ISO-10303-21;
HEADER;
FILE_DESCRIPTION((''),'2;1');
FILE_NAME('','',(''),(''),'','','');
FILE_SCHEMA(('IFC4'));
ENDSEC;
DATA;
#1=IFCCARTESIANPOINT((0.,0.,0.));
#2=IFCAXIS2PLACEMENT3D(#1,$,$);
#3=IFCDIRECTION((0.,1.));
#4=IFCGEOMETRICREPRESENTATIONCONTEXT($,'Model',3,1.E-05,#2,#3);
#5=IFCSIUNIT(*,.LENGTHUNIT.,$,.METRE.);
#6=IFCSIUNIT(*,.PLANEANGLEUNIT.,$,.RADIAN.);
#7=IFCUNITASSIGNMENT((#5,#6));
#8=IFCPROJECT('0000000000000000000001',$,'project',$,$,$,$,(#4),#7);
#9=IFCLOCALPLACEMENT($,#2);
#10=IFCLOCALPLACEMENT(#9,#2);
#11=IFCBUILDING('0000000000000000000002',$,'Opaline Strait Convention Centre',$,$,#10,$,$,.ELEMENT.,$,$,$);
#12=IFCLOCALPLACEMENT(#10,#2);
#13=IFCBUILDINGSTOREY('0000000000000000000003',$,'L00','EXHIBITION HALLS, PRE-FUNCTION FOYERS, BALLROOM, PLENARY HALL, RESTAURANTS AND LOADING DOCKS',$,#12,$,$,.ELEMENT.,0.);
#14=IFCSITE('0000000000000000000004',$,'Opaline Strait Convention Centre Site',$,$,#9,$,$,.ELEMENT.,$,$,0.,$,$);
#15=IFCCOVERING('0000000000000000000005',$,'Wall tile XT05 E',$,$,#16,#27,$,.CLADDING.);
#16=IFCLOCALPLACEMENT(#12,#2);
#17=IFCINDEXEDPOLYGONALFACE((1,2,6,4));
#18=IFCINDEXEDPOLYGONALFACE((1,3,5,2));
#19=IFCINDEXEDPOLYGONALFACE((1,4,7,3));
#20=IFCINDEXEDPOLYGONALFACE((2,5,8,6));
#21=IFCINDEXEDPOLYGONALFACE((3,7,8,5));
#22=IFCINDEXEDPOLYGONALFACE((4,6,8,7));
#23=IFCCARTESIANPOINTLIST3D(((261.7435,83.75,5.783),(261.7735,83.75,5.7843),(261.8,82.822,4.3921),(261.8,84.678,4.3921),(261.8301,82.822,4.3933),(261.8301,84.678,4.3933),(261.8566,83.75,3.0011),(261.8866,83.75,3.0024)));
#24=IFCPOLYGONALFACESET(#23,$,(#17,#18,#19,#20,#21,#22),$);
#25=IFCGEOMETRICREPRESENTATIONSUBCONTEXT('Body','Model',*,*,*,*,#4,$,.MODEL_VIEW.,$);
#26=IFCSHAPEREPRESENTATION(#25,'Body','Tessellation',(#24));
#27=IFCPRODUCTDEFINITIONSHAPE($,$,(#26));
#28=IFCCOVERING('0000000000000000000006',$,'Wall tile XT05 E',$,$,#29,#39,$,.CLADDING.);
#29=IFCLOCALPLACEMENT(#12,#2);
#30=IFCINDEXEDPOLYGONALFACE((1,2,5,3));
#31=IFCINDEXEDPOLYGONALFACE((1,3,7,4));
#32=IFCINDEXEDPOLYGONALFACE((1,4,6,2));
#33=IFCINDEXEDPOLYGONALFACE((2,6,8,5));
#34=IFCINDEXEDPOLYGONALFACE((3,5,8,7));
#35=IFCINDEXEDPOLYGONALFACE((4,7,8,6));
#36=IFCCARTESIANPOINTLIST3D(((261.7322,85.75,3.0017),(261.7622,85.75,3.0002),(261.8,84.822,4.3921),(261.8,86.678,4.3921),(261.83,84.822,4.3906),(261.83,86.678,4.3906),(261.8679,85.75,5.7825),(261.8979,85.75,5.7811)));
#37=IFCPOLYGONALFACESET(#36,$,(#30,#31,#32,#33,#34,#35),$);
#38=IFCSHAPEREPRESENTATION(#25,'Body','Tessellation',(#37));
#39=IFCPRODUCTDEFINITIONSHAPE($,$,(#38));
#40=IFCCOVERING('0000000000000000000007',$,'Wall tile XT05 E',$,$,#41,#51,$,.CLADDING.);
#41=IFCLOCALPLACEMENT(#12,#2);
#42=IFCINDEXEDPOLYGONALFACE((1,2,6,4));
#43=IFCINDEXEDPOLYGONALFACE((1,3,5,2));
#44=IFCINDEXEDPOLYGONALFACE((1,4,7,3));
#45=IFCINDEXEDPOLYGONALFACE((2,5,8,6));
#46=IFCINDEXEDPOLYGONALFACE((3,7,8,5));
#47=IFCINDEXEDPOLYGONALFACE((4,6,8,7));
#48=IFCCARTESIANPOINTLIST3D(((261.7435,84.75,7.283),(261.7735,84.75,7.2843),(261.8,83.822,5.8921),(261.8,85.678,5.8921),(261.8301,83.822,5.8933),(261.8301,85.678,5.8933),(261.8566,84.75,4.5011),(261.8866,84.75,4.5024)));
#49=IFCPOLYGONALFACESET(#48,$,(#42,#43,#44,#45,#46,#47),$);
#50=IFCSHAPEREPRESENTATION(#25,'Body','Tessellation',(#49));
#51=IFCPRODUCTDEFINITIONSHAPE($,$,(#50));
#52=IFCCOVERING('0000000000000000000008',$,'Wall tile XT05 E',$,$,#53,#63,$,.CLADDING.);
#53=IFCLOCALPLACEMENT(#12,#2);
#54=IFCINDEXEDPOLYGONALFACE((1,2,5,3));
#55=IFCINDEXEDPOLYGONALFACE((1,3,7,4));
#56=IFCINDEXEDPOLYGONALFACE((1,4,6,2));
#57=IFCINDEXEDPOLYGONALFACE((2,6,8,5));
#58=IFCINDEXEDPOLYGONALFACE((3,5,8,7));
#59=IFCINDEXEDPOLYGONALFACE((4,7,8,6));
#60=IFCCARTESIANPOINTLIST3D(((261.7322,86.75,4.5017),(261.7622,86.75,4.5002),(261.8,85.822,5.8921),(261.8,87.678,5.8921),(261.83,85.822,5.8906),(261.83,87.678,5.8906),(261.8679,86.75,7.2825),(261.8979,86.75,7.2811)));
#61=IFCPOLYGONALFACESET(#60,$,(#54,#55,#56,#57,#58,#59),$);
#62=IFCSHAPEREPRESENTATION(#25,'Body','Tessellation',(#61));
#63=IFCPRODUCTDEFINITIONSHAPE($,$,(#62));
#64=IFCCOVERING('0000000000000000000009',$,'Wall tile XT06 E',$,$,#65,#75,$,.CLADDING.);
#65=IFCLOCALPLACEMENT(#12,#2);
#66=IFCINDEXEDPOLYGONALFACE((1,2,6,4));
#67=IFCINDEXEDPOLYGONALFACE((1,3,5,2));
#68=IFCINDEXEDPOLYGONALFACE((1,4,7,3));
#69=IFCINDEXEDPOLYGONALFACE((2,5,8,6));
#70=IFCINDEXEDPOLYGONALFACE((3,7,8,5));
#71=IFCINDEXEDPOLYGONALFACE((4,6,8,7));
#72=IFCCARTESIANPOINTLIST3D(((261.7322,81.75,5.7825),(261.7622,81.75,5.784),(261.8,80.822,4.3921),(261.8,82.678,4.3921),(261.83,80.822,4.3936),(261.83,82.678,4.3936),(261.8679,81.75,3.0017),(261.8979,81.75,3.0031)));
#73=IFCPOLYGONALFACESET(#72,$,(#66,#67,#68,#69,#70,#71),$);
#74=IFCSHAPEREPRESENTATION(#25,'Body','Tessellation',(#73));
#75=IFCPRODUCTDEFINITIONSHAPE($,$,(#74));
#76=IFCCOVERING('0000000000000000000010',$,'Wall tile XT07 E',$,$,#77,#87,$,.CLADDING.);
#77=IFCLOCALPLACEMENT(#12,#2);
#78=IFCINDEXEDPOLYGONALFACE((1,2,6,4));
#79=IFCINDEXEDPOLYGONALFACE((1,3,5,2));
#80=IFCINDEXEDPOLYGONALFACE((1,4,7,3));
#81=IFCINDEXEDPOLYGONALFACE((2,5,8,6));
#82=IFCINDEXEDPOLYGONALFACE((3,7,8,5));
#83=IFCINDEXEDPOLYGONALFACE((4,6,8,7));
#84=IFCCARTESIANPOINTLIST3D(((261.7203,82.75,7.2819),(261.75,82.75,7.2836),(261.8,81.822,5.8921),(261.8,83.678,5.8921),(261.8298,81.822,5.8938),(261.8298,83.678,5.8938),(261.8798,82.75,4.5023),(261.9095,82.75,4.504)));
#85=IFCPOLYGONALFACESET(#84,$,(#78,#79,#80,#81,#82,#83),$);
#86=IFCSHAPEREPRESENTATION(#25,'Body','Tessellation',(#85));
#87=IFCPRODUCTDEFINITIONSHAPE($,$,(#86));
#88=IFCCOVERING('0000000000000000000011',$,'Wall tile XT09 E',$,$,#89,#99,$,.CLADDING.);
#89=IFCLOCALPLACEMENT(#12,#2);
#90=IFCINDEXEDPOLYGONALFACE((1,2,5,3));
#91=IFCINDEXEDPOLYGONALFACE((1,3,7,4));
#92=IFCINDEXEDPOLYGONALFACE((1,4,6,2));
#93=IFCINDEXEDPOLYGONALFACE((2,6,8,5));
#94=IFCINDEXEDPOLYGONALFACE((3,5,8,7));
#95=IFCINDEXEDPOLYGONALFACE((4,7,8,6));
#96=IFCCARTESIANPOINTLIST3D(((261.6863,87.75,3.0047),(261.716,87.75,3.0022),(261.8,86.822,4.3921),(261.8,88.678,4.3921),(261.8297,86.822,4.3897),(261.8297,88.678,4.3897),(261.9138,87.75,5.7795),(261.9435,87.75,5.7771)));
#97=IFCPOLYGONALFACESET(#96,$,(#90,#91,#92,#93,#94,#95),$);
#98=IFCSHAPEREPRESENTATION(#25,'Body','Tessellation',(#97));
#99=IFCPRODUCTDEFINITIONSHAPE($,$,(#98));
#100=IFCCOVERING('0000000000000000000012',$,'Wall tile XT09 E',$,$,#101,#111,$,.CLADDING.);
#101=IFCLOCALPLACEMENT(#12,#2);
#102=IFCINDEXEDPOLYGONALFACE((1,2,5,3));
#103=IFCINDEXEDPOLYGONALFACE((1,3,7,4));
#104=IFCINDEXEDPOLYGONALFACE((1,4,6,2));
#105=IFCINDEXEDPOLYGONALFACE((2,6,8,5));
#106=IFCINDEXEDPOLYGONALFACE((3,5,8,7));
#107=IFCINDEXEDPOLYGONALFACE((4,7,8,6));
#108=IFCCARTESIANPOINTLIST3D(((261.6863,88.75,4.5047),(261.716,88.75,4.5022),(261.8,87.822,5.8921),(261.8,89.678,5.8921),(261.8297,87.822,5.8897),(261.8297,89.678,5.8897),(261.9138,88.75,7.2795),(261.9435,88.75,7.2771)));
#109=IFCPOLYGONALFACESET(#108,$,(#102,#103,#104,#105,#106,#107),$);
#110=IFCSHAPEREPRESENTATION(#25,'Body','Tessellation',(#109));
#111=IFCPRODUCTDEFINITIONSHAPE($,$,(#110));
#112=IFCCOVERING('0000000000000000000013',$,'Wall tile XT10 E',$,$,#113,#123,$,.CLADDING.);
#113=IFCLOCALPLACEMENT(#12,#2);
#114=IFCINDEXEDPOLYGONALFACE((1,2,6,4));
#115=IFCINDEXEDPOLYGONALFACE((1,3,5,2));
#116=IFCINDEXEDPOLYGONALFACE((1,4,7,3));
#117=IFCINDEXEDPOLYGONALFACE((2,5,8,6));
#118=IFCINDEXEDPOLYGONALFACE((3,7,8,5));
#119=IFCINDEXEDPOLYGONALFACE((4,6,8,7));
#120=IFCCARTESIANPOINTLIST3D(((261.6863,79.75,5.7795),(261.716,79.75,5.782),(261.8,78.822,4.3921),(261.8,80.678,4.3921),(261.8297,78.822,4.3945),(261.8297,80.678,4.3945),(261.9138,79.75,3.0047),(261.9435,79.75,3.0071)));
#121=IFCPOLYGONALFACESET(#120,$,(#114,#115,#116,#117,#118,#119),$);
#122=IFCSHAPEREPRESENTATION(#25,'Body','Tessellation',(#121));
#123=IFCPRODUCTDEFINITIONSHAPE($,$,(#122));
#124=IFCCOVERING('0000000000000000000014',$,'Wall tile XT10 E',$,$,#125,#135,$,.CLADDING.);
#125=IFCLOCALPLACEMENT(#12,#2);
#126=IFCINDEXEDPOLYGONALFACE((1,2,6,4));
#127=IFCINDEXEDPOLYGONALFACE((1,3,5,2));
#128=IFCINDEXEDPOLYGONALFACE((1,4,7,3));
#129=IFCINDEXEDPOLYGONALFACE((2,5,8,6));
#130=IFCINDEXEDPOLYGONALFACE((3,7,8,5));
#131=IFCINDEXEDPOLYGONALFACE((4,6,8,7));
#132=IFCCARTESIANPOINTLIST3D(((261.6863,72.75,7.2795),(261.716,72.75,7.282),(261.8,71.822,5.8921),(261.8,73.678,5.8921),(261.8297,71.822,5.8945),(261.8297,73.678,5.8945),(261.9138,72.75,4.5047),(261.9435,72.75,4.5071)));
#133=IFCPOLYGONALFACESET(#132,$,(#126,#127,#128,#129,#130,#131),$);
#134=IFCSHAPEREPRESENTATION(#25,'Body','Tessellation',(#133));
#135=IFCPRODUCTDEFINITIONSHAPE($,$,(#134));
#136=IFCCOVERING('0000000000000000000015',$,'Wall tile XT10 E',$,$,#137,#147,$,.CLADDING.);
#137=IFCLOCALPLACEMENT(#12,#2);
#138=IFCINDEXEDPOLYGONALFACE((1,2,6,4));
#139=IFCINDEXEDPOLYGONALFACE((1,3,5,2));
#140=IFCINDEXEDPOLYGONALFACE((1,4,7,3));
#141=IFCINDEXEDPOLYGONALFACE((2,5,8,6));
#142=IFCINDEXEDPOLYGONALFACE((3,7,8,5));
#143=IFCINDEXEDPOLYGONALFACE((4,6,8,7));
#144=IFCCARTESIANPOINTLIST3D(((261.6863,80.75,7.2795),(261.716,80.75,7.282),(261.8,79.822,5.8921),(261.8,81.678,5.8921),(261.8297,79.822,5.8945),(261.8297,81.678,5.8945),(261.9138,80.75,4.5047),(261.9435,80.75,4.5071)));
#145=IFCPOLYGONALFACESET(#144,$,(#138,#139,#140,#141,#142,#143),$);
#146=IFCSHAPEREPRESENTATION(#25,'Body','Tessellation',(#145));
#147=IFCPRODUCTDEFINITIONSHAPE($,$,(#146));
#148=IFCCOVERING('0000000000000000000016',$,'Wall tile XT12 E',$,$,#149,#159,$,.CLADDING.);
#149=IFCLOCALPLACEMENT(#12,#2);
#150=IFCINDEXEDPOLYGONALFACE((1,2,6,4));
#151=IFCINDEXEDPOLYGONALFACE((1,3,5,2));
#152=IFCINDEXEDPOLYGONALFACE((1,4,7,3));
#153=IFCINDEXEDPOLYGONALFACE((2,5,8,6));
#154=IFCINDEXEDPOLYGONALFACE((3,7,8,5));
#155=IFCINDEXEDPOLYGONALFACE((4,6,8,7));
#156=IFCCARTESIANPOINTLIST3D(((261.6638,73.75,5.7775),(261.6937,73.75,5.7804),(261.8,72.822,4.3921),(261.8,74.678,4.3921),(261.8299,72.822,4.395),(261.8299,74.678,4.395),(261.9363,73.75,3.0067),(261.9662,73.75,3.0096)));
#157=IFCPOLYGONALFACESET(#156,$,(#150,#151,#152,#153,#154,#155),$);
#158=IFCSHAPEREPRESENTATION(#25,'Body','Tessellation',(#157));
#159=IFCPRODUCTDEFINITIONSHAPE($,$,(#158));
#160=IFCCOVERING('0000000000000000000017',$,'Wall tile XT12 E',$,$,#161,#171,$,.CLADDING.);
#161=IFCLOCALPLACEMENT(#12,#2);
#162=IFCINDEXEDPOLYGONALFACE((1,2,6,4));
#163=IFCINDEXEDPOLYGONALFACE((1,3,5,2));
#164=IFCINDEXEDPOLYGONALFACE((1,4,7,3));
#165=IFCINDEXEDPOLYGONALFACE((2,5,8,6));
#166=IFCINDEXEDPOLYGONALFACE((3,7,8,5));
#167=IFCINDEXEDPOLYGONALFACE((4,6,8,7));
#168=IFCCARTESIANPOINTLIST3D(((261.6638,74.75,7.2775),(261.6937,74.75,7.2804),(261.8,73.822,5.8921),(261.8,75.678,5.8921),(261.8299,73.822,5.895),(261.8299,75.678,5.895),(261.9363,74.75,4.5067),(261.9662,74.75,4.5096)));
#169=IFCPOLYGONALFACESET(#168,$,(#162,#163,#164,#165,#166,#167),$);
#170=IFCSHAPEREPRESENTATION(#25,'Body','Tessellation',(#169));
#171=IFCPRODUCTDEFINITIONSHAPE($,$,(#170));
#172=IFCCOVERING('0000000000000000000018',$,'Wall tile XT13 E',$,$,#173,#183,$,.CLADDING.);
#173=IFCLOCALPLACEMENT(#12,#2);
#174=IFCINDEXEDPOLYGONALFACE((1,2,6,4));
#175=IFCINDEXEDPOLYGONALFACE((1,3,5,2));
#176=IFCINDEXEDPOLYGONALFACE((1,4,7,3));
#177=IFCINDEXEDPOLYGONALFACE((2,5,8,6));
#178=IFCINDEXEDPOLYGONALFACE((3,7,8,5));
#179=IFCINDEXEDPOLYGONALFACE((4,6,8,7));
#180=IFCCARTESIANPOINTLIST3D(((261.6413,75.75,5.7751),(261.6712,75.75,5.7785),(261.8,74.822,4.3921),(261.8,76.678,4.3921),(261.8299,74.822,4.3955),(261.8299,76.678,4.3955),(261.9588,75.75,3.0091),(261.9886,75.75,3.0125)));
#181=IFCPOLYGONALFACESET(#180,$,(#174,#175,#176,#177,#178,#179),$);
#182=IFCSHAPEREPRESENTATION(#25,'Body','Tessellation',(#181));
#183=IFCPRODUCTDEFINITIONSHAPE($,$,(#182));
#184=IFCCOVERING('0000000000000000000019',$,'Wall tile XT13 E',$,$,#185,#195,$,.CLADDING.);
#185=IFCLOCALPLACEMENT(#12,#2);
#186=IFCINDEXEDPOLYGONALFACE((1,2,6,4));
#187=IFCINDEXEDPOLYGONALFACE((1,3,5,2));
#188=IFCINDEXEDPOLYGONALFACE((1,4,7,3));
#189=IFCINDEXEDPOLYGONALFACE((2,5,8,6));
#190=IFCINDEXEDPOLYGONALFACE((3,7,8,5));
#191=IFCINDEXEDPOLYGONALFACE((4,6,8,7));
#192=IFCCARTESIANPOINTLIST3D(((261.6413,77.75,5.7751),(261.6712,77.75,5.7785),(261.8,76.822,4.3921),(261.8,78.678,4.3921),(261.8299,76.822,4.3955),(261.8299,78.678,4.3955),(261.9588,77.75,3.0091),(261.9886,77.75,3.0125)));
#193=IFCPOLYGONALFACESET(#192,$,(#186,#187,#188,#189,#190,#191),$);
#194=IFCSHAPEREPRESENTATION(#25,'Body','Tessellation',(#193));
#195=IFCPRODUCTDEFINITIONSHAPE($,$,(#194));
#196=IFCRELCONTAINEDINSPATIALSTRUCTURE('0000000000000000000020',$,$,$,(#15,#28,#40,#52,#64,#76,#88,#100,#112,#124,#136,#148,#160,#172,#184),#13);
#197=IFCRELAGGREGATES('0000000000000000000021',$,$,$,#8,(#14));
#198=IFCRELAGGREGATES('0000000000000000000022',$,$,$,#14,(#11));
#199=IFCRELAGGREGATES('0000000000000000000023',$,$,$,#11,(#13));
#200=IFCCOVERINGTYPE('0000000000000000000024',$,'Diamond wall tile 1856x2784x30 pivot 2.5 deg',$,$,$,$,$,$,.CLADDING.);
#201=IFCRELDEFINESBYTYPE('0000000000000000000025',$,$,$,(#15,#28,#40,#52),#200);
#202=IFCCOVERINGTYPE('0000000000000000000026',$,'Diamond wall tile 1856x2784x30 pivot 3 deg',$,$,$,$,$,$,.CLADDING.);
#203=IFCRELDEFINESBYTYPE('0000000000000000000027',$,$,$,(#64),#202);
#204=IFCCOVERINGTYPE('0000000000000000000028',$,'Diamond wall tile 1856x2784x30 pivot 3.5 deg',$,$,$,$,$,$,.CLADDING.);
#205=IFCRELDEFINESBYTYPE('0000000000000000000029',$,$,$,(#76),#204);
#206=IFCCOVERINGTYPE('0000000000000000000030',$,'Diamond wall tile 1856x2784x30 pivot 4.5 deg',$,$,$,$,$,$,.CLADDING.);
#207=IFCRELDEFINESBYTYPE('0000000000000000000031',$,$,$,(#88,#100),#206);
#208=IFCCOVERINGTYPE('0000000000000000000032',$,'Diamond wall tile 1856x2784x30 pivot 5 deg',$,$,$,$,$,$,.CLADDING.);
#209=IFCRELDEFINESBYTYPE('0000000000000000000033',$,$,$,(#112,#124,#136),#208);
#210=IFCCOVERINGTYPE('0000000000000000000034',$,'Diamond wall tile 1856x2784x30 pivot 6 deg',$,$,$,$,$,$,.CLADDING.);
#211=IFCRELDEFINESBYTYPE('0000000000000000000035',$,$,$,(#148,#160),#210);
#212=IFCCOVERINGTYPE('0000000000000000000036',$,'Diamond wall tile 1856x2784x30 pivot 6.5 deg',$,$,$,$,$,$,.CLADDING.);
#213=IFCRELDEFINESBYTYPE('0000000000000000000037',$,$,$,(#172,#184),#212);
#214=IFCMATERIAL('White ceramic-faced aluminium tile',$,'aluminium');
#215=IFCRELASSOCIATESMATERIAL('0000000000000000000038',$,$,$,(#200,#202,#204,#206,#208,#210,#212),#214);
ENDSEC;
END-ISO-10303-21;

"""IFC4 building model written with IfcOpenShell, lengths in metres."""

from ifc_helpers import new_model, si_unit, direction, frame, origin, place, context, subcontext, project, spatial, polyline, outline, extrude, material, material_profile, profile_set, type_object, element, save


model = new_model("IFC4")

# Units and contexts
model_context = context("Model", 3, precision=1e-05, world=origin(), true_north=direction((0.0, 1.0)))
body_context = subcontext(model_context, "Body", "Model", "MODEL_VIEW")
ifc_project = project(units=[si_unit("LENGTHUNIT", "METRE"), si_unit("PLANEANGLEUNIT", "RADIAN")], contexts=[model_context])

# Site, building, storey
site_placement = place(None, origin())
site = spatial("IfcSite", under=ifc_project, at=site_placement, Name="Opaline Strait Convention Centre Site", CompositionType="ELEMENT", RefElevation=0.0)
building_placement = place(site_placement, origin())
building = spatial("IfcBuilding", under=site, at=building_placement, Name="Opaline Strait Convention Centre", CompositionType="ELEMENT")
storey_placement = place(building_placement, origin())
storey = spatial("IfcBuildingStorey", under=building, at=storey_placement, Name="L00", Description="EXHIBITION HALLS, PRE-FUNCTION FOYERS, BALLROOM, PLENARY HALL, RESTAURANTS AND LOADING DOCKS", CompositionType="ELEMENT", Elevation=0.0)

# Coverings
ifc_material_1 = material(Name="White ceramic-faced aluminium tile", Category="aluminium")
ifc_material_profile_1 = material_profile(ifc_material_1, outline(polyline([(0.928, 0.0), (0.0, 1.3921), (-0.928, 0.0), (0.0, -1.3921), (0.928, 0.0)])), Name="Diamond tile 1856x2784")
ifc_profile_set_1 = profile_set([ifc_material_profile_1], Name="White ceramic-faced aluminium tile")
covering_type_1 = type_object("IfcCoveringType", Name="Diamond wall tile 1856x2784x30 pivot 2.5 deg", PredefinedType="CLADDING", material=ifc_profile_set_1)
for number, where, z_axis, x_axis, name in (
    (1, (261.8, 83.75, 4.3921), (0.999175, 0.0, 0.040617), (0.0, 1.0, 0.0), "Wall tile XT05 E"),
    (2, (261.8, 85.75, 4.3921), (0.998812, 0.0, -0.048723), (0.0, 1.0, 0.0), "Wall tile XT05 E"),
    (3, (261.8, 84.75, 5.8921), (0.999175, 0.0, 0.040617), (0.0, 1.0, 0.0), "Wall tile XT05 E"),
    (4, (261.8, 86.75, 5.8921), (0.998812, 0.0, -0.048723), (0.0, 1.0, 0.0), "Wall tile XT05 E"),
):
    element("IfcCovering", number, at=place(storey_placement, frame(where, z_axis=z_axis, x_axis=x_axis)), inside=storey, type_object=covering_type_1, Name=name, PredefinedType="CLADDING", context=body_context, shape_type="SweptSolid", body=[
        extrude(outline(polyline([(0.928, 0.0), (0.0, 1.3921), (-0.928, 0.0), (0.0, -1.3921), (0.928, 0.0)])), origin(), (0.0, 0.0, 1.0), 0.03),
    ])
ifc_material_profile_2 = material_profile(ifc_material_1, outline(polyline([(0.928, 0.0), (0.0, 1.3921), (-0.928, 0.0), (0.0, -1.3921), (0.928, 0.0)])), Name="Diamond tile 1856x2784")
ifc_profile_set_2 = profile_set([ifc_material_profile_2], Name="White ceramic-faced aluminium tile")
covering_type_2 = type_object("IfcCoveringType", Name="Diamond wall tile 1856x2784x30 pivot 3 deg", PredefinedType="CLADDING", material=ifc_profile_set_2)
covering_1_placement = place(storey_placement, frame((261.8, 81.75, 4.3921), z_axis=(0.998812, 0.0, 0.048723), x_axis=(0.0, 1.0, 0.0)))
element("IfcCovering", 5, at=covering_1_placement, inside=storey, type_object=covering_type_2, Name="Wall tile XT06 E", PredefinedType="CLADDING", context=body_context, shape_type="SweptSolid", body=[
    extrude(outline(polyline([(0.928, 0.0), (0.0, 1.3921), (-0.928, 0.0), (0.0, -1.3921), (0.928, 0.0)])), origin(), (0.0, 0.0, 1.0), 0.03),
])
ifc_material_profile_3 = material_profile(ifc_material_1, outline(polyline([(0.928, 0.0), (0.0, 1.3921), (-0.928, 0.0), (0.0, -1.3921), (0.928, 0.0)])), Name="Diamond tile 1856x2784")
ifc_profile_set_3 = profile_set([ifc_material_profile_3], Name="White ceramic-faced aluminium tile")
covering_type_3 = type_object("IfcCoveringType", Name="Diamond wall tile 1856x2784x30 pivot 3.5 deg", PredefinedType="CLADDING", material=ifc_profile_set_3)
covering_2_placement = place(storey_placement, frame((261.8, 82.75, 5.8921), z_axis=(0.998358, 0.0, 0.057283), x_axis=(0.0, 1.0, 0.0)))
element("IfcCovering", 6, at=covering_2_placement, inside=storey, type_object=covering_type_3, Name="Wall tile XT07 E", PredefinedType="CLADDING", context=body_context, shape_type="SweptSolid", body=[
    extrude(outline(polyline([(0.928, 0.0), (0.0, 1.3921), (-0.928, 0.0), (0.0, -1.3921), (0.928, 0.0)])), origin(), (0.0, 0.0, 1.0), 0.0298),
])
ifc_material_profile_4 = material_profile(ifc_material_1, outline(polyline([(0.928, 0.0), (0.0, 1.3921), (-0.928, 0.0), (0.0, -1.3921), (0.928, 0.0)])), Name="Diamond tile 1856x2784")
ifc_profile_set_4 = profile_set([ifc_material_profile_4], Name="White ceramic-faced aluminium tile")
covering_type_4 = type_object("IfcCoveringType", Name="Diamond wall tile 1856x2784x30 pivot 4.5 deg", PredefinedType="CLADDING", material=ifc_profile_set_4)
for number, where, z_axis, x_axis, name in (
    (7, (261.8, 87.75, 4.3921), (0.996658, 0.0, -0.081693), (0.0, 1.0, 0.0), "Wall tile XT09 E"),
    (8, (261.8, 88.75, 5.8921), (0.996658, 0.0, -0.081693), (0.0, 1.0, 0.0), "Wall tile XT09 E"),
):
    element("IfcCovering", number, at=place(storey_placement, frame(where, z_axis=z_axis, x_axis=x_axis)), inside=storey, type_object=covering_type_4, Name=name, PredefinedType="CLADDING", context=body_context, shape_type="SweptSolid", body=[
        extrude(outline(polyline([(0.928, 0.0), (0.0, 1.3921), (-0.928, 0.0), (0.0, -1.3921), (0.928, 0.0)])), origin(), (0.0, 0.0, 1.0), 0.0298),
    ])
ifc_material_profile_5 = material_profile(ifc_material_1, outline(polyline([(0.928, 0.0), (0.0, 1.3921), (-0.928, 0.0), (0.0, -1.3921), (0.928, 0.0)])), Name="Diamond tile 1856x2784")
ifc_profile_set_5 = profile_set([ifc_material_profile_5], Name="White ceramic-faced aluminium tile")
covering_type_5 = type_object("IfcCoveringType", Name="Diamond wall tile 1856x2784x30 pivot 5 deg", PredefinedType="CLADDING", material=ifc_profile_set_5)
for number, where, z_axis, x_axis, name in (
    (9, (261.8, 79.75, 4.3921), (0.996658, 0.0, 0.081693), (0.0, 1.0, 0.0), "Wall tile XT10 E"),
    (10, (261.8, 72.75, 5.8921), (0.996658, 0.0, 0.081693), (0.0, 1.0, 0.0), "Wall tile XT10 E"),
    (11, (261.8, 80.75, 5.8921), (0.996658, 0.0, 0.081693), (0.0, 1.0, 0.0), "Wall tile XT10 E"),
):
    element("IfcCovering", number, at=place(storey_placement, frame(where, z_axis=z_axis, x_axis=x_axis)), inside=storey, type_object=covering_type_5, Name=name, PredefinedType="CLADDING", context=body_context, shape_type="SweptSolid", body=[
        extrude(outline(polyline([(0.928, 0.0), (0.0, 1.3921), (-0.928, 0.0), (0.0, -1.3921), (0.928, 0.0)])), origin(), (0.0, 0.0, 1.0), 0.0298),
    ])
ifc_material_profile_6 = material_profile(ifc_material_1, outline(polyline([(0.928, 0.0), (0.0, 1.3921), (-0.928, 0.0), (0.0, -1.3921), (0.928, 0.0)])), Name="Diamond tile 1856x2784")
ifc_profile_set_6 = profile_set([ifc_material_profile_6], Name="White ceramic-faced aluminium tile")
covering_type_6 = type_object("IfcCoveringType", Name="Diamond wall tile 1856x2784x30 pivot 6 deg", PredefinedType="CLADDING", material=ifc_profile_set_6)
for number, where, z_axis, x_axis, name in (
    (12, (261.8, 73.75, 4.3921), (0.995197, 0.0, 0.097888), (0.0, 1.0, 0.0), "Wall tile XT12 E"),
    (13, (261.8, 74.75, 5.8921), (0.995197, 0.0, 0.097888), (0.0, 1.0, 0.0), "Wall tile XT12 E"),
):
    element("IfcCovering", number, at=place(storey_placement, frame(where, z_axis=z_axis, x_axis=x_axis)), inside=storey, type_object=covering_type_6, Name=name, PredefinedType="CLADDING", context=body_context, shape_type="SweptSolid", body=[
        extrude(outline(polyline([(0.928, 0.0), (0.0, 1.3921), (-0.928, 0.0), (0.0, -1.3921), (0.928, 0.0)])), origin(), (0.0, 0.0, 1.0), 0.03),
    ])
ifc_material_profile_7 = material_profile(ifc_material_1, outline(polyline([(0.928, 0.0), (0.0, 1.3921), (-0.928, 0.0), (0.0, -1.3921), (0.928, 0.0)])), Name="Diamond tile 1856x2784")
ifc_profile_set_7 = profile_set([ifc_material_profile_7], Name="White ceramic-faced aluminium tile")
covering_type_7 = type_object("IfcCoveringType", Name="Diamond wall tile 1856x2784x30 pivot 6.5 deg", PredefinedType="CLADDING", material=ifc_profile_set_7)
for number, where, z_axis, x_axis, name in (
    (14, (261.8, 75.75, 4.3921), (0.99348, 0.0, 0.114006), (0.0, 1.0, 0.0), "Wall tile XT13 E"),
    (15, (261.8, 77.75, 4.3921), (0.99348, 0.0, 0.114006), (0.0, 1.0, 0.0), "Wall tile XT13 E"),
):
    element("IfcCovering", number, at=place(storey_placement, frame(where, z_axis=z_axis, x_axis=x_axis)), inside=storey, type_object=covering_type_7, Name=name, PredefinedType="CLADDING", context=body_context, shape_type="SweptSolid", body=[
        extrude(outline(polyline([(0.928, 0.0), (0.0, 1.3921), (-0.928, 0.0), (0.0, -1.3921), (0.928, 0.0)])), origin(), (0.0, 0.0, 1.0), 0.03),
    ])

save(model, "model.ifc")
